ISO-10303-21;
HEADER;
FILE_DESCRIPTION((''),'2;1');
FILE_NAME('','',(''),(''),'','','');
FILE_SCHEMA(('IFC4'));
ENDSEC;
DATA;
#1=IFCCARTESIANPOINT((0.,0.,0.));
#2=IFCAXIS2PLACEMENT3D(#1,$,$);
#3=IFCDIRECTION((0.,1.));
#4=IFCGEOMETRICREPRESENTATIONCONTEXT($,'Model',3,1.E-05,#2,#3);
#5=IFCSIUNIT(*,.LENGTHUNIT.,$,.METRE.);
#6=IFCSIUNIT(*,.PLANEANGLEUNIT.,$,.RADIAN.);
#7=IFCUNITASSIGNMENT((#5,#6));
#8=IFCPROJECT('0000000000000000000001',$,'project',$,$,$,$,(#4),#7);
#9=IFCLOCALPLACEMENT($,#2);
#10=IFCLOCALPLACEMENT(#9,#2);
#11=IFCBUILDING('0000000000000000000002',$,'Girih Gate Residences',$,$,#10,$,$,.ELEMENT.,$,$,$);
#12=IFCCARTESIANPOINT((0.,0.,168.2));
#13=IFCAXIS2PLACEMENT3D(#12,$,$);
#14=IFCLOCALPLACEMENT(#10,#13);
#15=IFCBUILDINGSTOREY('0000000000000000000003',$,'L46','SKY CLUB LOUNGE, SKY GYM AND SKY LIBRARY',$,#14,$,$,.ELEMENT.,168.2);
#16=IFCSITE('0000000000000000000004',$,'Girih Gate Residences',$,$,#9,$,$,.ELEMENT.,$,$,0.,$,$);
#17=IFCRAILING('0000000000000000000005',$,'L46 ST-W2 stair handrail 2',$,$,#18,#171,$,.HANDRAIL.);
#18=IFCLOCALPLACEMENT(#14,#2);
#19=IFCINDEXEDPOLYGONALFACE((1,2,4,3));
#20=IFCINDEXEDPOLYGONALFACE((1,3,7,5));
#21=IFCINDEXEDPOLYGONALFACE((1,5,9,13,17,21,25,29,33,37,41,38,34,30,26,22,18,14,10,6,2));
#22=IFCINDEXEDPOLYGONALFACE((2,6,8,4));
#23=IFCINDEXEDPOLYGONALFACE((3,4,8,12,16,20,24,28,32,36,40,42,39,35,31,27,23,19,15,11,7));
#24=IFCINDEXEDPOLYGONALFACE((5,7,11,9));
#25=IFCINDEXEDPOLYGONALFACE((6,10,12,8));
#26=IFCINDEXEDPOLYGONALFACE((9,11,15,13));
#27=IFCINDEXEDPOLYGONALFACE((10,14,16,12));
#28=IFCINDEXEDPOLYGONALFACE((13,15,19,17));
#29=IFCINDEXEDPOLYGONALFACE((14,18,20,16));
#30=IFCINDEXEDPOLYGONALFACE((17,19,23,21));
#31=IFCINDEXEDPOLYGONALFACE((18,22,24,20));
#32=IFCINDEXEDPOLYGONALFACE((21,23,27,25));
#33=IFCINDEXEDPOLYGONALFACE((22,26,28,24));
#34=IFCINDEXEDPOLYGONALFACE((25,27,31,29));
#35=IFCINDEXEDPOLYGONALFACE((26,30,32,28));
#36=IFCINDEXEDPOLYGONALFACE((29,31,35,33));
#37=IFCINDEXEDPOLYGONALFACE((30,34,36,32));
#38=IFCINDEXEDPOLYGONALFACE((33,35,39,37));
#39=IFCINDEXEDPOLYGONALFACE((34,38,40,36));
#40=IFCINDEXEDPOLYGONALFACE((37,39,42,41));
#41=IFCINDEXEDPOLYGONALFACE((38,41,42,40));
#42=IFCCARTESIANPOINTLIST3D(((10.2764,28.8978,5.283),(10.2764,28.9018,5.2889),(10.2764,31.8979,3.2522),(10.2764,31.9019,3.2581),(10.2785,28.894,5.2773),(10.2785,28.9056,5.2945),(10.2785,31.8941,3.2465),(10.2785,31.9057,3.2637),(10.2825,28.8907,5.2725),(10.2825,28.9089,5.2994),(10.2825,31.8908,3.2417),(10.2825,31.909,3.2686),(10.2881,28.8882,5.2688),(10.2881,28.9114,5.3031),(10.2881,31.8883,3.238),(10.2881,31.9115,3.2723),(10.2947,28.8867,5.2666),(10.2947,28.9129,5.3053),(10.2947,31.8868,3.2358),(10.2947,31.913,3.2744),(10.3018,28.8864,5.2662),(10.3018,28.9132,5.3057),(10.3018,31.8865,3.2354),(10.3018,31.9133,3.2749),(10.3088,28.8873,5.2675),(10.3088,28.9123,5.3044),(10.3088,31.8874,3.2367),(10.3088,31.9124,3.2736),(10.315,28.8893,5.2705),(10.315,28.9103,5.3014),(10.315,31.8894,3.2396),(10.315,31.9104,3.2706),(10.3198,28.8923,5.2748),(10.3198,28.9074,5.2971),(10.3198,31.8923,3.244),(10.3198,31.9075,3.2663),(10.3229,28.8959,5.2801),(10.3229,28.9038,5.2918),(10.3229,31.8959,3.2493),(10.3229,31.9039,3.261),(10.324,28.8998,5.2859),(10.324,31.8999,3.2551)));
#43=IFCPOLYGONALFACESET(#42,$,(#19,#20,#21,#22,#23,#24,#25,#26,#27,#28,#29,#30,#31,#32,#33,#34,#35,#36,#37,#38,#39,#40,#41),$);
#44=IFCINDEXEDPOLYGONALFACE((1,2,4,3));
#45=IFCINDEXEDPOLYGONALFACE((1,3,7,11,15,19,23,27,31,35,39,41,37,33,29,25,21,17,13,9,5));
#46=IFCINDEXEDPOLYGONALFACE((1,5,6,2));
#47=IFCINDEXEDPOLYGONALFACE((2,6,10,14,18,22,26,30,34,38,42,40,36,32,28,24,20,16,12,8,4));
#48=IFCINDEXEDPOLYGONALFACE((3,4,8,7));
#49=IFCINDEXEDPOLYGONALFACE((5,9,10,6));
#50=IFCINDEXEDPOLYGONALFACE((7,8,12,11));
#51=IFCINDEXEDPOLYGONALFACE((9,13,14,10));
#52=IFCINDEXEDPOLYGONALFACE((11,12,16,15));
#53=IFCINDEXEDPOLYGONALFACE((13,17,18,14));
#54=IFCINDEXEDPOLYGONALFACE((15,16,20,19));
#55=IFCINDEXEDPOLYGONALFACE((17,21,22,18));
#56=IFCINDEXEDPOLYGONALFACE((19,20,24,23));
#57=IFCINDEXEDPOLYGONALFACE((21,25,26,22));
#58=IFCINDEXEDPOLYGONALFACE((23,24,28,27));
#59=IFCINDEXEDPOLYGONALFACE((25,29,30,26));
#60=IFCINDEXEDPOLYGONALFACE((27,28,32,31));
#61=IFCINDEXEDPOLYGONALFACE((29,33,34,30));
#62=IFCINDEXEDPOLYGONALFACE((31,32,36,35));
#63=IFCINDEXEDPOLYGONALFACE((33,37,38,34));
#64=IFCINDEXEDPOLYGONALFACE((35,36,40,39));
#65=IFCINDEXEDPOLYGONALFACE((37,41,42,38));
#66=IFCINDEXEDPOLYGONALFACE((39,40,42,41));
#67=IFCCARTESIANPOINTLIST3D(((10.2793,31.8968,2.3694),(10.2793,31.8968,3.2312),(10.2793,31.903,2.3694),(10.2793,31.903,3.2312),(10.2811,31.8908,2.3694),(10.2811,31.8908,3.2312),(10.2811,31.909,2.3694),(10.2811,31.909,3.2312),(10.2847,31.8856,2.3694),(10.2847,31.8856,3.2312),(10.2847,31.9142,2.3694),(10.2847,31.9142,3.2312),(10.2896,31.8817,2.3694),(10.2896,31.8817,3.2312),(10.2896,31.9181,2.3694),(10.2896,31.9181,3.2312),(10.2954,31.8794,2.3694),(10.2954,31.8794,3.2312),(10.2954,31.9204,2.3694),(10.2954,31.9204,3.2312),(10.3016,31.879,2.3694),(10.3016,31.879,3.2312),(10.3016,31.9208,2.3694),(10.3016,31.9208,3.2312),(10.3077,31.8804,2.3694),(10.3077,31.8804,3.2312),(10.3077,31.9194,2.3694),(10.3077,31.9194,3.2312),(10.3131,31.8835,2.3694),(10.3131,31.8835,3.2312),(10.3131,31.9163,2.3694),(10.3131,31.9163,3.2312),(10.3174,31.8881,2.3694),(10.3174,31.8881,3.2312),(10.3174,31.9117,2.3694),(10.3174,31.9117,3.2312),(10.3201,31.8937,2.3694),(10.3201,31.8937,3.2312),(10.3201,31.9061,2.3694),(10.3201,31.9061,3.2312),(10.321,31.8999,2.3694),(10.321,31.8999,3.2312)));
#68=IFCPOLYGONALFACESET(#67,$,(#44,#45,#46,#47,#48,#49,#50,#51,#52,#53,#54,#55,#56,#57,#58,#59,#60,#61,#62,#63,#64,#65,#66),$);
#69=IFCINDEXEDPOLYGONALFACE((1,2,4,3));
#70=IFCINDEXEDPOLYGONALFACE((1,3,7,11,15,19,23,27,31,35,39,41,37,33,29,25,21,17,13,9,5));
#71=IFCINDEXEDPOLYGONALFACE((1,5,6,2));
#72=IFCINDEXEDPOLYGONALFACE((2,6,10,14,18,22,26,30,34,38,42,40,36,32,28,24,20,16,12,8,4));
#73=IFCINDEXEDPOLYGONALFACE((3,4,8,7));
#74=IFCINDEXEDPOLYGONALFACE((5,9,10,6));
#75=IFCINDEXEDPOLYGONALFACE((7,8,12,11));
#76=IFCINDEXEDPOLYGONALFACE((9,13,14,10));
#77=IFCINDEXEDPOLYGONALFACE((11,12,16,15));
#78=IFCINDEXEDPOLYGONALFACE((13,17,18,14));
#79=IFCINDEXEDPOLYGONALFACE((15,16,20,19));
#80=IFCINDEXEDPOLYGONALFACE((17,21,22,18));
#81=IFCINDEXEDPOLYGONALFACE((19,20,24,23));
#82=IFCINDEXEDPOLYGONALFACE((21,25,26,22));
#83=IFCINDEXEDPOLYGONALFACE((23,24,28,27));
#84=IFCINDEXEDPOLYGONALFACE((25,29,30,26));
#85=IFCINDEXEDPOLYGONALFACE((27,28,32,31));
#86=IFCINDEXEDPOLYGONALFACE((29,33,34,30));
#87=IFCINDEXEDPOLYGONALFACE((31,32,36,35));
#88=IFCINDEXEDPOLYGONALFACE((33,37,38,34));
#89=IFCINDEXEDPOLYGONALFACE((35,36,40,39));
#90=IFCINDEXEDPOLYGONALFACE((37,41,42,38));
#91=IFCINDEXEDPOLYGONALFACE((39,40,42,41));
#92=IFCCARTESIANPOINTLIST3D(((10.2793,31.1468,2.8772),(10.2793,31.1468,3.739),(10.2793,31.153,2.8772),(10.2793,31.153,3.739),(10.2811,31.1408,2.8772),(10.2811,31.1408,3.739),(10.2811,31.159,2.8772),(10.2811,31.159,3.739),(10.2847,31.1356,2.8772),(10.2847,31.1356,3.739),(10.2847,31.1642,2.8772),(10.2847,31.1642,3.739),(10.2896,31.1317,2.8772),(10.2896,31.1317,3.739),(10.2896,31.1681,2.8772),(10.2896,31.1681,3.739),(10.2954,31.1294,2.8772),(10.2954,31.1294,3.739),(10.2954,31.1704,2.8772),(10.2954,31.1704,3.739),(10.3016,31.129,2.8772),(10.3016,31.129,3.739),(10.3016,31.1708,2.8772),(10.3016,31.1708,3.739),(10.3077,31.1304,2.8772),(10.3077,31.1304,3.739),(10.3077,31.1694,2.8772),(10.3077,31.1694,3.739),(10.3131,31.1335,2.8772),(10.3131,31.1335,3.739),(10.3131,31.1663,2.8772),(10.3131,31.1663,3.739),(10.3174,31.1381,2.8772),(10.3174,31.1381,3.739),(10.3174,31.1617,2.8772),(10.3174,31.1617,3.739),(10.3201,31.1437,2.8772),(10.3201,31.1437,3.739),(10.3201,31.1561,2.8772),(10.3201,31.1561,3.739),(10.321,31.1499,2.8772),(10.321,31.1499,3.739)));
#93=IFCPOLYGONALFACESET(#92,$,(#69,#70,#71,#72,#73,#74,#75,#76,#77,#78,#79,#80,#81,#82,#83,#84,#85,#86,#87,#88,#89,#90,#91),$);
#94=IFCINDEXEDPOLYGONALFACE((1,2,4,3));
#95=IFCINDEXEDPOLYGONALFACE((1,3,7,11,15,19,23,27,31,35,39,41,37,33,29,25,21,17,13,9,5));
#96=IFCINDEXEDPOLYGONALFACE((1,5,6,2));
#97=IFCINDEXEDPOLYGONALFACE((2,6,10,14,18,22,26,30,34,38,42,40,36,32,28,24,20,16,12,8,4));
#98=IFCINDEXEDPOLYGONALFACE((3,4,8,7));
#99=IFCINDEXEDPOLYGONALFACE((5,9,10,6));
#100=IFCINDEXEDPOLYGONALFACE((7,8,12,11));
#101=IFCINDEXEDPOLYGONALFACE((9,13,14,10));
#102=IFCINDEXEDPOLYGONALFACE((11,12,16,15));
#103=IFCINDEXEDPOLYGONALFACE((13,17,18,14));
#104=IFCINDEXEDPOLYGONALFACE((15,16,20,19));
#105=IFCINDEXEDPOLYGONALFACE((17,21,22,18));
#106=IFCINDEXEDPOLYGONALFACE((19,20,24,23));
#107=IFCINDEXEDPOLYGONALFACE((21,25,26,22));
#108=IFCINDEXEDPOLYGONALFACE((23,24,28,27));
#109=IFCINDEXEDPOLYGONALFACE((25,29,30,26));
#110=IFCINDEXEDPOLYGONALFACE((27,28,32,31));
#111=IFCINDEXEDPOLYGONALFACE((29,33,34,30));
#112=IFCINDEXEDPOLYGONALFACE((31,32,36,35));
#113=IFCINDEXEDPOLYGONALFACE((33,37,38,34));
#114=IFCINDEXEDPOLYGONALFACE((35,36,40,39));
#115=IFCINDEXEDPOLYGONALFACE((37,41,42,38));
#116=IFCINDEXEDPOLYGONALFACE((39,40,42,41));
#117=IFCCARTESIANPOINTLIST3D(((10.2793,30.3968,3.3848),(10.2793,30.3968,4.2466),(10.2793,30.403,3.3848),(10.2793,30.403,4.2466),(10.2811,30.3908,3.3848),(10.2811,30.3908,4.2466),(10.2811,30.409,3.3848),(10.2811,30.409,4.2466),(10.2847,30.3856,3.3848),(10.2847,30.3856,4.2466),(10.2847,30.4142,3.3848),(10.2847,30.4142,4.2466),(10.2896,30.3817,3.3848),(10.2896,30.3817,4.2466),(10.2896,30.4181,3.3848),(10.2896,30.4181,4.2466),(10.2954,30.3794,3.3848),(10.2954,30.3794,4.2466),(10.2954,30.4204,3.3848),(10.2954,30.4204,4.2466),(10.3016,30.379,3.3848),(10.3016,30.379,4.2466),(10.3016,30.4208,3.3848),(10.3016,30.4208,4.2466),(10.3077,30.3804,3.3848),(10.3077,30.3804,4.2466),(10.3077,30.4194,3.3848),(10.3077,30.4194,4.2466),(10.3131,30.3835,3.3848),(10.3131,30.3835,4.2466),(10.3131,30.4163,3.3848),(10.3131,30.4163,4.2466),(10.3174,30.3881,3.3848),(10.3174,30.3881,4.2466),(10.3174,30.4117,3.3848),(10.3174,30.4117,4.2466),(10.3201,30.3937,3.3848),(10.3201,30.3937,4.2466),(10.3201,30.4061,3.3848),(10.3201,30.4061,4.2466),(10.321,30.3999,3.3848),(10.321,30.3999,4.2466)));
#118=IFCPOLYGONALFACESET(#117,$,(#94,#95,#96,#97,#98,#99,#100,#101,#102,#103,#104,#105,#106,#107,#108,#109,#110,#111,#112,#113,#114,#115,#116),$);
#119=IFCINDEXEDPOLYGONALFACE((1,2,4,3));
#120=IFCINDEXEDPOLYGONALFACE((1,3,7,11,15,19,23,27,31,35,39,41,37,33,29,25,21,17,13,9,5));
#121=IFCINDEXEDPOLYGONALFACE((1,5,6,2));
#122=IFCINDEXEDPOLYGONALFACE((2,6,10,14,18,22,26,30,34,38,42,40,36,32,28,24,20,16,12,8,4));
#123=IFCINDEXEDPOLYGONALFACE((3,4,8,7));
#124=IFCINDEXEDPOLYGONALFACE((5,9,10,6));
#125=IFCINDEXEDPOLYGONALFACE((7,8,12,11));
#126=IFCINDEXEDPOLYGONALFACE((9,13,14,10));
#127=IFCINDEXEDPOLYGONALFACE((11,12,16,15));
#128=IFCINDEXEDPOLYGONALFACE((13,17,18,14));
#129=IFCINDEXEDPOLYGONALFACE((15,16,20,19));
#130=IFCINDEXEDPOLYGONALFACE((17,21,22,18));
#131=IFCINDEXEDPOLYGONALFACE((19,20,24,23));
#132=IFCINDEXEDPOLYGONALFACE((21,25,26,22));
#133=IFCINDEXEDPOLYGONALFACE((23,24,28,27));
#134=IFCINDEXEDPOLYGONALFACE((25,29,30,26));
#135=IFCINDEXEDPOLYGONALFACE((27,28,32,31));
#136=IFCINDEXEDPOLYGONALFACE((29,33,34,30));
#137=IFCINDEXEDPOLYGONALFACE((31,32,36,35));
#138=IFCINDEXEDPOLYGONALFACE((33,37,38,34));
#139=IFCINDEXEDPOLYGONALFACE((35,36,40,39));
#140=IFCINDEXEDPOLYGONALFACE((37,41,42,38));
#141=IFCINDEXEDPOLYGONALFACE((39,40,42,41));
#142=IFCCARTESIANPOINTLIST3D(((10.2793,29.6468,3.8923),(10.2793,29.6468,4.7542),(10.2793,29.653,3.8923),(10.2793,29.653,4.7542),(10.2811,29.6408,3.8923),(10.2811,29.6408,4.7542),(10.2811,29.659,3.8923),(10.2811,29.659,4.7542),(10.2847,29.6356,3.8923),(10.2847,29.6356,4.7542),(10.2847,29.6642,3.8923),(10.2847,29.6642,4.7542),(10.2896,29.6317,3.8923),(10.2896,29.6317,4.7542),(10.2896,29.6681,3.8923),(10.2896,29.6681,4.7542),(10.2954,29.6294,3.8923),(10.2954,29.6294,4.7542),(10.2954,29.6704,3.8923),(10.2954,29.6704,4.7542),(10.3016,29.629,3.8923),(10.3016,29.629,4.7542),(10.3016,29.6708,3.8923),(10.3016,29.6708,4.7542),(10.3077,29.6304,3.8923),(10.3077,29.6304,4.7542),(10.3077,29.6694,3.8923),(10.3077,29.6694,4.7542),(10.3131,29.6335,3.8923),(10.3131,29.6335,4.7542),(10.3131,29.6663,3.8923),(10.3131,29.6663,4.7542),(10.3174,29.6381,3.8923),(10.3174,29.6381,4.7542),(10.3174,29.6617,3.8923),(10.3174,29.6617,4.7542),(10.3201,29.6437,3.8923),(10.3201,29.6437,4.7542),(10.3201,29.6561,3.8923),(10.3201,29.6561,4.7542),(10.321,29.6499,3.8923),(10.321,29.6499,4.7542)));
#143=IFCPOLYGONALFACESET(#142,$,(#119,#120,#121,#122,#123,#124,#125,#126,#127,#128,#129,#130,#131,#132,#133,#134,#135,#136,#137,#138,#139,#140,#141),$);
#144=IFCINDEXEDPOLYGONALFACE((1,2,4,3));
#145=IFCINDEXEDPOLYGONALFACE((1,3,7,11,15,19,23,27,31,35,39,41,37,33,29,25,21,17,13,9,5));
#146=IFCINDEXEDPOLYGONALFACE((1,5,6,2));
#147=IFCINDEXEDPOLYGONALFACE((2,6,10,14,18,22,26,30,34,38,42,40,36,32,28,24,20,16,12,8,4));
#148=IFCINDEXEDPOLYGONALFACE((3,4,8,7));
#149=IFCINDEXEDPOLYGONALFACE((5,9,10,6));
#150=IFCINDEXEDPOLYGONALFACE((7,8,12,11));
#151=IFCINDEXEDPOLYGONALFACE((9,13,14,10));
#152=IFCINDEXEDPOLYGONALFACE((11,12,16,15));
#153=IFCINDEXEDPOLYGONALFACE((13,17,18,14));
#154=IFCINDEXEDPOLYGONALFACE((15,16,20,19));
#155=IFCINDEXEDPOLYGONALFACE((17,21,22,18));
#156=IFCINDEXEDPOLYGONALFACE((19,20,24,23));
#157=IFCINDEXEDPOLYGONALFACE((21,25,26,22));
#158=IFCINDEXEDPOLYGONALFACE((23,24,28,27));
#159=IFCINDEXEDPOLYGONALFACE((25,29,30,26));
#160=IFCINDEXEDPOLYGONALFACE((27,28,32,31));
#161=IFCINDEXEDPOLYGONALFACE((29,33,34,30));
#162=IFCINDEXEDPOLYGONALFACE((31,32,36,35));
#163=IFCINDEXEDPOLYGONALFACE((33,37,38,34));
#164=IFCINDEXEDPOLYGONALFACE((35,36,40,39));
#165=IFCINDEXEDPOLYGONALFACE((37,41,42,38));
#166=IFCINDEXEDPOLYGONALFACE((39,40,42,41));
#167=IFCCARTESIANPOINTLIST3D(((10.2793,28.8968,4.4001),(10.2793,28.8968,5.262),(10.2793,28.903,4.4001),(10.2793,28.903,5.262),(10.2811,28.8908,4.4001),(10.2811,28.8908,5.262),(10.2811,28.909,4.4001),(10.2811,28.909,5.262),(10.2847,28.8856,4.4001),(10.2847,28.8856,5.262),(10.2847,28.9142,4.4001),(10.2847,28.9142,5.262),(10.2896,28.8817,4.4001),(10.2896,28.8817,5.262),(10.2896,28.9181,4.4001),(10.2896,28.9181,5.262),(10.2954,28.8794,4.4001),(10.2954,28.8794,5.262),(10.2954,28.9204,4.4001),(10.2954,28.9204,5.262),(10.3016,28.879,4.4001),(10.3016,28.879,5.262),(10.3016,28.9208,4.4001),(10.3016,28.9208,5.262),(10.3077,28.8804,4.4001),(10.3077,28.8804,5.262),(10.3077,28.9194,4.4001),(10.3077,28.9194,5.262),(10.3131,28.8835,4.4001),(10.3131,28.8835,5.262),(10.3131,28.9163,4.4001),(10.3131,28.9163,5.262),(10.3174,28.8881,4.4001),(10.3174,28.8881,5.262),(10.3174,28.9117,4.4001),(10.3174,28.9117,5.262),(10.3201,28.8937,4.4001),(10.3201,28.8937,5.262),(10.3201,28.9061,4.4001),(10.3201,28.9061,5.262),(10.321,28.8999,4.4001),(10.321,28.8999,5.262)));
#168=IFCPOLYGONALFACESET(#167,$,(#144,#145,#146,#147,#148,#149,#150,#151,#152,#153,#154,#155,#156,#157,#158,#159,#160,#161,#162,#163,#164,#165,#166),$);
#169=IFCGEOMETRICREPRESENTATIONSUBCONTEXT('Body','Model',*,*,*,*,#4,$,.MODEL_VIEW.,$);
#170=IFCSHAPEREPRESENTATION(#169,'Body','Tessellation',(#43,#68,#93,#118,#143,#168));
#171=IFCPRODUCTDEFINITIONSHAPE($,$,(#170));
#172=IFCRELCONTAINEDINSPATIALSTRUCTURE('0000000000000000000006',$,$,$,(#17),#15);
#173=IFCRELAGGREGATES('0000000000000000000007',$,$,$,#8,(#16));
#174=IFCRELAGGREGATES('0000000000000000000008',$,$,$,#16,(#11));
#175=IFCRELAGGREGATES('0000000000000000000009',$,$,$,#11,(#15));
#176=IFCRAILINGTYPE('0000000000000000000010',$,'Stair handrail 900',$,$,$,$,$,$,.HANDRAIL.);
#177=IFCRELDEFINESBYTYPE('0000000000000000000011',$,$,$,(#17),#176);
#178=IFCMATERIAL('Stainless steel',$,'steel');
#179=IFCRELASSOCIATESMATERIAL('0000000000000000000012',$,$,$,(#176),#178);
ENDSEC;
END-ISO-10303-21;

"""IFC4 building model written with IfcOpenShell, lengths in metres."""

from ifc_helpers import new_model, si_unit, direction, frame, origin, origin_2d, place, context, subcontext, project, spatial, circle, extrude, material, type_object, element, save


model = new_model("IFC4")

# Units and contexts
model_context = context("Model", 3, precision=1e-05, world=origin(), true_north=direction((0.0, 1.0)))
body_context = subcontext(model_context, "Body", "Model", "MODEL_VIEW")
ifc_project = project(units=[si_unit("LENGTHUNIT", "METRE"), si_unit("PLANEANGLEUNIT", "RADIAN")], contexts=[model_context])

# Site, building, storey
site_placement = place(None, origin())
site = spatial("IfcSite", under=ifc_project, at=site_placement, Name="Girih Gate Residences", CompositionType="ELEMENT", RefElevation=0.0)
building_placement = place(site_placement, origin())
building = spatial("IfcBuilding", under=site, at=building_placement, Name="Girih Gate Residences", CompositionType="ELEMENT")
storey_placement = place(building_placement, frame((0.0, 0.0, 168.2)))
storey = spatial("IfcBuildingStorey", under=building, at=storey_placement, Name="L46", Description="SKY CLUB LOUNGE, SKY GYM AND SKY LIBRARY", CompositionType="ELEMENT", Elevation=168.2)

# Railing
ifc_material_1 = material(Name="Stainless steel", Category="steel")
railing_type_1 = type_object("IfcRailingType", Name="Stair handrail 900", PredefinedType="HANDRAIL", material=ifc_material_1)
railing_1_placement = place(storey_placement, frame((10.3, 31.8999, 2.3694)))
element("IfcRailing", 1, at=railing_1_placement, inside=storey, type_object=railing_type_1, Name="L46 ST-W2 stair handrail 2", PredefinedType="HANDRAIL", context=body_context, shape_type="SweptSolid", body=[
    extrude(circle(Radius=0.0239, at=origin_2d()), frame((0.0, 0.0, 0.8857), z_axis=(0.0, -0.82811, 0.560565), x_axis=(1.0, 0.0, 0.0)), (0.0, 0.0, 1.0), 3.6228),
    extrude(circle(Radius=0.021, at=origin_2d()), origin(), (0.0, 0.0, 1.0), 0.8618),
    extrude(circle(Radius=0.021, at=origin_2d()), frame((0.0, -0.75, 0.5078)), (0.0, 0.0, 1.0), 0.8618),
    extrude(circle(Radius=0.021, at=origin_2d()), frame((0.0, -1.5, 1.0154)), (0.0, 0.0, 1.0), 0.8618),
    extrude(circle(Radius=0.021, at=origin_2d()), frame((0.0, -2.25, 1.5229)), (0.0, 0.0, 1.0), 0.8618),
    extrude(circle(Radius=0.021, at=origin_2d()), frame((0.0, -3.0, 2.0308)), (0.0, 0.0, 1.0), 0.8618),
])

save(model, "model.ifc")
